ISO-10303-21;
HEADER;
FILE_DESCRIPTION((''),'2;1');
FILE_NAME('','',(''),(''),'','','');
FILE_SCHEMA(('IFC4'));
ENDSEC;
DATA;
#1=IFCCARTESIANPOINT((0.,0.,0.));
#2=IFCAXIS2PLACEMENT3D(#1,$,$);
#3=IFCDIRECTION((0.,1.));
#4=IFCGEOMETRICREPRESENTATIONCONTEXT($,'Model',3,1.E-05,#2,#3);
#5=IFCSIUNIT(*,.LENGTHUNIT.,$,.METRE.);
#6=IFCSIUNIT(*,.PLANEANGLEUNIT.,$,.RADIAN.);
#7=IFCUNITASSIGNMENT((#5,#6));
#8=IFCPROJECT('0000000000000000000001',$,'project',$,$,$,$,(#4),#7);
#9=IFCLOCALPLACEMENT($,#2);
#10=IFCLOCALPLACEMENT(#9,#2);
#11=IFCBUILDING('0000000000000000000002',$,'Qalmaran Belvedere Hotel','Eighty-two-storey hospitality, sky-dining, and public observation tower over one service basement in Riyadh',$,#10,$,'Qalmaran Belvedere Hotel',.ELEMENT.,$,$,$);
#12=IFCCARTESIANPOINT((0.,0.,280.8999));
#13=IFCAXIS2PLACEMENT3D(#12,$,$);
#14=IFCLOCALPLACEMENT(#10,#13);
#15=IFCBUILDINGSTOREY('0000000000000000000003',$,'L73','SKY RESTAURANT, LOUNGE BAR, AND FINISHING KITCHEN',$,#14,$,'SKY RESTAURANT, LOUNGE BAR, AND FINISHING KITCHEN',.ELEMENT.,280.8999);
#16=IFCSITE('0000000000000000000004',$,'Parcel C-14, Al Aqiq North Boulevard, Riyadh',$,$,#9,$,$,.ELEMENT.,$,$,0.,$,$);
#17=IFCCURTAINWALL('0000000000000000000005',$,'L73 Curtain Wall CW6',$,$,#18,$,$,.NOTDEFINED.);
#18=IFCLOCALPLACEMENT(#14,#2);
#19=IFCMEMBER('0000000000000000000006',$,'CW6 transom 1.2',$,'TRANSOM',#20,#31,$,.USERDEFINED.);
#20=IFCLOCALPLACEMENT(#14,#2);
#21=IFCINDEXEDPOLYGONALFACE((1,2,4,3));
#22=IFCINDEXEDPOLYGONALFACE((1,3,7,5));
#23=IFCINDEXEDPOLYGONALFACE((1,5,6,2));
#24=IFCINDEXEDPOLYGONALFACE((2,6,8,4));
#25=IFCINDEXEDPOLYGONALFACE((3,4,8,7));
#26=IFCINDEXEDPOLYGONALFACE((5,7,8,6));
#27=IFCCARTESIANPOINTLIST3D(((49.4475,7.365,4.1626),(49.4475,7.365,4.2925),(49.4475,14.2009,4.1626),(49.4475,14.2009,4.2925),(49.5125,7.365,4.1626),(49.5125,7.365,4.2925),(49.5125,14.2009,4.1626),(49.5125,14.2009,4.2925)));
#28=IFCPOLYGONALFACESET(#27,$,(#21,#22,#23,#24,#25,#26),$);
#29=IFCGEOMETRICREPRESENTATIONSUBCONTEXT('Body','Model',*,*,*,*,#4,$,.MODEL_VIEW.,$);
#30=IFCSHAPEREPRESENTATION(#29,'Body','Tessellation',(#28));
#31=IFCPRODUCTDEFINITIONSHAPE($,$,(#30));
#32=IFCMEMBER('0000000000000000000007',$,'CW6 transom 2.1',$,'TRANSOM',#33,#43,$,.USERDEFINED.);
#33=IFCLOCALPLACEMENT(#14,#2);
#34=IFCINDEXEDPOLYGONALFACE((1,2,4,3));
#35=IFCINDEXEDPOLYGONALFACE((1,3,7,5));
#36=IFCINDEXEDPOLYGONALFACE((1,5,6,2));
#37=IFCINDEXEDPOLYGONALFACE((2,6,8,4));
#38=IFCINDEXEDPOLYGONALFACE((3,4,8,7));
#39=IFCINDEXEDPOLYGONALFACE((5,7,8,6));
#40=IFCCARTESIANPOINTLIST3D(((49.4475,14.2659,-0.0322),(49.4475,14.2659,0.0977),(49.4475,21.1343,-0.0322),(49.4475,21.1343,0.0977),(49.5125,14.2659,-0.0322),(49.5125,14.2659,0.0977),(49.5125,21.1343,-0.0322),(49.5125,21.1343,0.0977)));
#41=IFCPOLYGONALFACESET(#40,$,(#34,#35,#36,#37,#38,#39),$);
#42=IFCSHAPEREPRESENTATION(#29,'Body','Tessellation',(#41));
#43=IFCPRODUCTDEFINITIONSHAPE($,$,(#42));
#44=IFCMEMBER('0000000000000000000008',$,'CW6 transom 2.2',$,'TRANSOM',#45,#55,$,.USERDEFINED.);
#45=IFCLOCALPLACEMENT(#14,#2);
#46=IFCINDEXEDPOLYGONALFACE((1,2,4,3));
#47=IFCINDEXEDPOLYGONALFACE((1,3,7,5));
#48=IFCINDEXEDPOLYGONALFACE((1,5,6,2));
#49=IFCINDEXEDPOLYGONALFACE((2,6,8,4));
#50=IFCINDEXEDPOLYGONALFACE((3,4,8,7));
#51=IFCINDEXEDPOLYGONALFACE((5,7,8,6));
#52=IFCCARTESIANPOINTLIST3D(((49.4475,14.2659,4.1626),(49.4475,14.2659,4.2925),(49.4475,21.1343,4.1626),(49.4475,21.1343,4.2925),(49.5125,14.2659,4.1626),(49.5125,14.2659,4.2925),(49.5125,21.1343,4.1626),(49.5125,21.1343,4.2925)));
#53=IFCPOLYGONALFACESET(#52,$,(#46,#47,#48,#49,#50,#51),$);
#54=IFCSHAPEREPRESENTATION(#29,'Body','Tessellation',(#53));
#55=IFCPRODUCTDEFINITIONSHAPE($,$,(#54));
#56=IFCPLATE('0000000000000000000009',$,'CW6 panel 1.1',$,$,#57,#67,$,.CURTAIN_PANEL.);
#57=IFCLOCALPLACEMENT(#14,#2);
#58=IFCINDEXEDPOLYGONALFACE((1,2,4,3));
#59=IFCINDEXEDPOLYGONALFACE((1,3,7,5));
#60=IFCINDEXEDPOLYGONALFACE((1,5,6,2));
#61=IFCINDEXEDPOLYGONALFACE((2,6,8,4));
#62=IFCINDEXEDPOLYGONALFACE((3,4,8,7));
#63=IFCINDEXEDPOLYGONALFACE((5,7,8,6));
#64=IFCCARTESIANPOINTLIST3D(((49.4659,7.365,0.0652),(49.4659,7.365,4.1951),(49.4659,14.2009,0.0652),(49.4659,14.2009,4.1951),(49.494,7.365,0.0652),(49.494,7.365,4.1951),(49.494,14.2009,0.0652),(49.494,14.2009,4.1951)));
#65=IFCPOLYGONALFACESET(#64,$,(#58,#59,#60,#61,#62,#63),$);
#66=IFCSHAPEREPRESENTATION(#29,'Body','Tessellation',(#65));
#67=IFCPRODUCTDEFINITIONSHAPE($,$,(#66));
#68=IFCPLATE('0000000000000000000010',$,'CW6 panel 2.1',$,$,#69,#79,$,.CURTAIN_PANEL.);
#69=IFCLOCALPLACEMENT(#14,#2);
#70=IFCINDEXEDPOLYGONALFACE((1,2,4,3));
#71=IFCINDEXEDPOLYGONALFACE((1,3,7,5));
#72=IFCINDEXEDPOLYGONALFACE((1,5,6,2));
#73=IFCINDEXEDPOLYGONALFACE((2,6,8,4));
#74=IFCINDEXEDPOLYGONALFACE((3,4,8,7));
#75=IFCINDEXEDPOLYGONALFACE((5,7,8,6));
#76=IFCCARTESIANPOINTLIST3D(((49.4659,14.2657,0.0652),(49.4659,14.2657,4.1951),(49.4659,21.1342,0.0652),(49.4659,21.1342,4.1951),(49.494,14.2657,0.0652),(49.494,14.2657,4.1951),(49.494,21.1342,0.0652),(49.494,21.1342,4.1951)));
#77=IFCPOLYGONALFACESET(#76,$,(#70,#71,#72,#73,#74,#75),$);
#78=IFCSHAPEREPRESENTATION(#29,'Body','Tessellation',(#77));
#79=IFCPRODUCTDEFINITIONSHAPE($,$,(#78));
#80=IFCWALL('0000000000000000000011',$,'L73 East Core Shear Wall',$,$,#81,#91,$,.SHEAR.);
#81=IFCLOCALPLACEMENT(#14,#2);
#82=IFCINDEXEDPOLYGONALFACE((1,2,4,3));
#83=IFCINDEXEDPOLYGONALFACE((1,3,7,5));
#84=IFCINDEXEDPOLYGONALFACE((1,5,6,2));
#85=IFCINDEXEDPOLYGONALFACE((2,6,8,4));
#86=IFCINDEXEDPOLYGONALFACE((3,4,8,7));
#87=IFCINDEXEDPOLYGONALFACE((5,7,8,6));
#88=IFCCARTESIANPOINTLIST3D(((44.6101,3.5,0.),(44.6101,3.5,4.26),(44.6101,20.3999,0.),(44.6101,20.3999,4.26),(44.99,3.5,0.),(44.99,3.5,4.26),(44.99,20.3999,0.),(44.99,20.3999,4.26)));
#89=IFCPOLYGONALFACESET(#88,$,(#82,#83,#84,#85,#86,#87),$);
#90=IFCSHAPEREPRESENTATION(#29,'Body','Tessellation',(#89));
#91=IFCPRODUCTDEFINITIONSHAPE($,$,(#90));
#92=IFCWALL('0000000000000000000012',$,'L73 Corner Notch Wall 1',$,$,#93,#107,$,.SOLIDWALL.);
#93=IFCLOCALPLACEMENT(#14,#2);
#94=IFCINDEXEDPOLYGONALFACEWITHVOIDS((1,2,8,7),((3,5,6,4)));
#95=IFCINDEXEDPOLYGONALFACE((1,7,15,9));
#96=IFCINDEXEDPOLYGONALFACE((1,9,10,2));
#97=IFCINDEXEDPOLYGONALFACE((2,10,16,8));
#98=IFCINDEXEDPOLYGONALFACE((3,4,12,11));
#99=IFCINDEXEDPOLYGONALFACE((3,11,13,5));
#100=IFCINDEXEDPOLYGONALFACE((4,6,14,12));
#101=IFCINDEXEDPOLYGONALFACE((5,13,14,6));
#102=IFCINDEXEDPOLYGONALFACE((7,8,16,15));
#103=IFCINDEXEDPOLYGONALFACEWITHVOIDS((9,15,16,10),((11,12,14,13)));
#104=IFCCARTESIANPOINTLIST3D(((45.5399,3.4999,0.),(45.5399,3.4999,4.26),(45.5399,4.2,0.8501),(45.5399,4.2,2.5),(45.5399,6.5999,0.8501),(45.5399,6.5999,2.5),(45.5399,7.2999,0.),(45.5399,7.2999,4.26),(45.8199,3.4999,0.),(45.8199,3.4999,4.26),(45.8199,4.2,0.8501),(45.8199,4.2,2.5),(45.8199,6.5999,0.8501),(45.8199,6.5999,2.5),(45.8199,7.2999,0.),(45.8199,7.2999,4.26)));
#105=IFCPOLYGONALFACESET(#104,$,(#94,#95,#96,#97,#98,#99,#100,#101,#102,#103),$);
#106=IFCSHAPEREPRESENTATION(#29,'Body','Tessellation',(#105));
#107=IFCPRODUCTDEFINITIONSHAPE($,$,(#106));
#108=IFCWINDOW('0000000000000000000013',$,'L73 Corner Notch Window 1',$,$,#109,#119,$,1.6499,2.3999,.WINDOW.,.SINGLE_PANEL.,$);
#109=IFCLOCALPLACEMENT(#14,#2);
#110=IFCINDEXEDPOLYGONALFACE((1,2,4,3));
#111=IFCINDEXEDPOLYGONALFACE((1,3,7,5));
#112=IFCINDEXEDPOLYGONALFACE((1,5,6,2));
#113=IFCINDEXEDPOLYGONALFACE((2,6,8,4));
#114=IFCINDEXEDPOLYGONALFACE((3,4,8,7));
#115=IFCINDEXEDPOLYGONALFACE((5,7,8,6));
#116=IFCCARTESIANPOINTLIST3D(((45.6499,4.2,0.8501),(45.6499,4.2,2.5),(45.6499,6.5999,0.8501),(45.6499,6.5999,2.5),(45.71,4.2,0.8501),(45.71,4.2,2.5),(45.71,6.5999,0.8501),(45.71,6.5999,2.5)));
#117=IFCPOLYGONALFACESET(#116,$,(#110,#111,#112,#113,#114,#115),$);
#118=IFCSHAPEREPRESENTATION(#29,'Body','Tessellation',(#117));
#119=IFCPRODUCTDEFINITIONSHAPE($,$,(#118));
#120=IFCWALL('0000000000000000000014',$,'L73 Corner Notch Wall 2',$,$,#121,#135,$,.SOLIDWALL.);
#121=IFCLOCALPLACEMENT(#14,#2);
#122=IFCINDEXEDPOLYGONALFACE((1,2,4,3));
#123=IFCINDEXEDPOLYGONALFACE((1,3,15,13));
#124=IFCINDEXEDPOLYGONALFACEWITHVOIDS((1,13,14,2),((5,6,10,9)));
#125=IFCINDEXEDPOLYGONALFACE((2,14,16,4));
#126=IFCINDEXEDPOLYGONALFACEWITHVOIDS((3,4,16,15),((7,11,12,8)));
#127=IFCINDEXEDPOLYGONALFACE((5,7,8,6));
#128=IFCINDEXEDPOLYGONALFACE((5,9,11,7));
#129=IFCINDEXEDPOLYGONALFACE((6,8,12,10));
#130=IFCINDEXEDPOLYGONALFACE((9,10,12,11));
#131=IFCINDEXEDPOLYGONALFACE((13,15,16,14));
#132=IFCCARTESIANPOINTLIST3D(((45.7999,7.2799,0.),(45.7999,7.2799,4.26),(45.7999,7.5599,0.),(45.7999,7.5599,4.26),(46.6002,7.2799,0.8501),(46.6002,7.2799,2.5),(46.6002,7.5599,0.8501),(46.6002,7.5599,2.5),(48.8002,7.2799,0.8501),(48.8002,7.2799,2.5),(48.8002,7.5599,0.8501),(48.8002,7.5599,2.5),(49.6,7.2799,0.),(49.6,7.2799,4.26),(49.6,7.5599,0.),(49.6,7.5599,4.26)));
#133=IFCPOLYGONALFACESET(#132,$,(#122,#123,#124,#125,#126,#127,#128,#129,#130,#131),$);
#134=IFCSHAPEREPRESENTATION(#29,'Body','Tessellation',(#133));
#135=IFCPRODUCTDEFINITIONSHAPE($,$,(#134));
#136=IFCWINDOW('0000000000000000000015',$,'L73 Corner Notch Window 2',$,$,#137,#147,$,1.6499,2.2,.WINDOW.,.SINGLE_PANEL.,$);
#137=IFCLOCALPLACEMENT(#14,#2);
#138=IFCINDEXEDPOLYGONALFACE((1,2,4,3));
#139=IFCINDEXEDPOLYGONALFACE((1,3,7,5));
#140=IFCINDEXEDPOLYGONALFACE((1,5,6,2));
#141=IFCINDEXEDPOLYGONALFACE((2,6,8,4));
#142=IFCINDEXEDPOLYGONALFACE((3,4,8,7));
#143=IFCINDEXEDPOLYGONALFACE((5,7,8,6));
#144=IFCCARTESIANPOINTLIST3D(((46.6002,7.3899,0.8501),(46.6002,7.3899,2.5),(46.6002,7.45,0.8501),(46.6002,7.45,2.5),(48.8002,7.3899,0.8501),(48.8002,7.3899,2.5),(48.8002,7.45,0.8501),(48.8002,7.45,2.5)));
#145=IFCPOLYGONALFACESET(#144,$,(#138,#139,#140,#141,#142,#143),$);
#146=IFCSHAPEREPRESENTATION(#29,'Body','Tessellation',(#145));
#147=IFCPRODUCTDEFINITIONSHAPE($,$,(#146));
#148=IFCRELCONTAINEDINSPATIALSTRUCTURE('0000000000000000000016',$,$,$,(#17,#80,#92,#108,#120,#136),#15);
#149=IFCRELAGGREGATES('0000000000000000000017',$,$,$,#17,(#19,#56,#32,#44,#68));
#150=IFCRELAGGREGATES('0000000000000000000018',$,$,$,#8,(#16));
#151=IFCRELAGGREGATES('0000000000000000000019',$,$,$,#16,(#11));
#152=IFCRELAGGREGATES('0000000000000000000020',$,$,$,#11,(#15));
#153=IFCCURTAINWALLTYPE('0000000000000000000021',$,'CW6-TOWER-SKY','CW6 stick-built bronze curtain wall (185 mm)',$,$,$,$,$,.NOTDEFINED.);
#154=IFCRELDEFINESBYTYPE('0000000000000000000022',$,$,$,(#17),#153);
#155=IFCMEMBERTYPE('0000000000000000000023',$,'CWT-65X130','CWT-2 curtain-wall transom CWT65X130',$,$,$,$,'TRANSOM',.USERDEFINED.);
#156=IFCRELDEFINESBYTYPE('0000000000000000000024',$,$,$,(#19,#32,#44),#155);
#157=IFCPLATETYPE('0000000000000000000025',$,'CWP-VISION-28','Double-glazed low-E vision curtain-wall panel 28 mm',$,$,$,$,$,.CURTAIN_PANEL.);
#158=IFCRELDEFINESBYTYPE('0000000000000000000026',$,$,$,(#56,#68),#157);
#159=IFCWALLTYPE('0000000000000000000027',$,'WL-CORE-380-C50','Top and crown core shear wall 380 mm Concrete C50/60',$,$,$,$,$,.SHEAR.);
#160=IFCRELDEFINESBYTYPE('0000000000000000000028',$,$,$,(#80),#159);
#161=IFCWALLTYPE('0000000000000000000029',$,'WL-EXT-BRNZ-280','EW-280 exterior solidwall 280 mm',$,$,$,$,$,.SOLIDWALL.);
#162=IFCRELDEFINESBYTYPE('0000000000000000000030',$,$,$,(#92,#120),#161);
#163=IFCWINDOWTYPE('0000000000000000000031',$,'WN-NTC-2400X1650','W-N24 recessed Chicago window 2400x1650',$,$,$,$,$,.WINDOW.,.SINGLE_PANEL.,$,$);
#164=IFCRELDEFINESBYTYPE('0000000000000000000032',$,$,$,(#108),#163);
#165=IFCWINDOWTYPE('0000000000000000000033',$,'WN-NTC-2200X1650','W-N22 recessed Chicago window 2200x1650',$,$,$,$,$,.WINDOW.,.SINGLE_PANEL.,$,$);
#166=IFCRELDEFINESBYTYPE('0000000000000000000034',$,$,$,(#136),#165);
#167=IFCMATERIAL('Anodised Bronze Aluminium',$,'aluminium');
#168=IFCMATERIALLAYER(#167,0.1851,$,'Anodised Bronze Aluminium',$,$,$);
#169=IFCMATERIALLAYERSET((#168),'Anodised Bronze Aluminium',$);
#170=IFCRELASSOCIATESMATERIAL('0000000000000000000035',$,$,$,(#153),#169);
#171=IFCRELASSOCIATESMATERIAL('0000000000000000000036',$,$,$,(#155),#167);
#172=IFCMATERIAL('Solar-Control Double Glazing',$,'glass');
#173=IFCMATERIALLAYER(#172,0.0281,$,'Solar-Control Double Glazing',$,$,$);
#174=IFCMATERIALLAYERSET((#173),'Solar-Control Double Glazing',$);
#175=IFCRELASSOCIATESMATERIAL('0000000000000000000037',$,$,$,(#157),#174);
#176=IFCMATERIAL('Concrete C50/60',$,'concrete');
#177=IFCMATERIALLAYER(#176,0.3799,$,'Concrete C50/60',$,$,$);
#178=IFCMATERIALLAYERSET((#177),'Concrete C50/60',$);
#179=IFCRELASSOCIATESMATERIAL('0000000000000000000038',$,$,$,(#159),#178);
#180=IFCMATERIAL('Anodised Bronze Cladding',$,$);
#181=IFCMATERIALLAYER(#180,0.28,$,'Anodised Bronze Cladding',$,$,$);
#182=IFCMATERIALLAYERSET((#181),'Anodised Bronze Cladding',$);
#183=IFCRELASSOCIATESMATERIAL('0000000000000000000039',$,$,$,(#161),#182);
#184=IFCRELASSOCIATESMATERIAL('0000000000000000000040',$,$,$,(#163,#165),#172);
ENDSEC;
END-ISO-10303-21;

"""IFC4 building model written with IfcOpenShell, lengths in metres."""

from ifc_helpers import new_model, si_unit, direction, frame, frame_2d, origin, origin_2d, place, context, subcontext, project, spatial, rectangle, extrude, material, layer, layer_set, material_profile, profile_set, type_object, element, fill, aggregate, save


model = new_model("IFC4")

# Units and contexts
model_context = context("Model", 3, precision=1e-05, world=origin(), true_north=direction((0.0, 1.0)))
body_context = subcontext(model_context, "Body", "Model", "MODEL_VIEW")
ifc_project = project(units=[si_unit("LENGTHUNIT", "METRE"), si_unit("PLANEANGLEUNIT", "RADIAN")], contexts=[model_context])

# Site, building, storey
site_placement = place(None, origin())
site = spatial("IfcSite", under=ifc_project, at=site_placement, Name="Parcel C-14, Al Aqiq North Boulevard, Riyadh", CompositionType="ELEMENT", RefElevation=0.0)
building_placement = place(site_placement, origin())
building = spatial("IfcBuilding", under=site, at=building_placement, Name="Qalmaran Belvedere Hotel", Description="Eighty-two-storey hospitality, sky-dining, and public observation tower over one service basement in Riyadh", LongName="Qalmaran Belvedere Hotel", CompositionType="ELEMENT")
storey_placement = place(building_placement, frame((0.0, 0.0, 280.8999)))
storey = spatial("IfcBuildingStorey", under=building, at=storey_placement, Name="L73", Description="SKY RESTAURANT, LOUNGE BAR, AND FINISHING KITCHEN", LongName="SKY RESTAURANT, LOUNGE BAR, AND FINISHING KITCHEN", CompositionType="ELEMENT", Elevation=280.8999)

# Shared definitions
ifc_material_1 = material(Name="Concrete C50/60", Category="concrete")

# Curtain wall, members, plates
ifc_material_2 = material(Name="Anodised Bronze Aluminium", Category="aluminium")
ifc_layer_1 = layer(ifc_material_2, 0.1851, Name="Anodised Bronze Aluminium")
ifc_layer_set_1 = layer_set([ifc_layer_1], Name="Anodised Bronze Aluminium")
curtain_wall_type = type_object("IfcCurtainWallType", Name="CW6-TOWER-SKY", Description="CW6 stick-built bronze curtain wall (185 mm)", PredefinedType="NOTDEFINED", material=ifc_layer_set_1)
curtain_wall_placement = place(storey_placement, origin())
curtain_wall = element("IfcCurtainWall", 1, at=curtain_wall_placement, inside=storey, type_object=curtain_wall_type, Name="L73 Curtain Wall CW6", PredefinedType="NOTDEFINED")
ifc_material_profile_1 = material_profile(ifc_material_2, rectangle(XDim=0.0649, YDim=0.1299, at=origin_2d()), Name="CWT65X130")
ifc_profile_set_1 = profile_set([ifc_material_profile_1], Name="Anodised Bronze Aluminium")
member_type_1 = type_object("IfcMemberType", Name="CWT-65X130", Description="CWT-2 curtain-wall transom CWT65X130", ElementType="TRANSOM", PredefinedType="USERDEFINED", material=ifc_profile_set_1)
member_1_placement = place(storey_placement, frame((49.48, 7.365, 4.2275), z_axis=(0.0, 1.0, 0.0), x_axis=(-1.0, 0.0, 0.0)))
member_1 = element("IfcMember", 2, at=member_1_placement, type_object=member_type_1, Name="CW6 transom 1.2", ObjectType="TRANSOM", PredefinedType="USERDEFINED", context=body_context, shape_type="SweptSolid", body=[
    extrude(rectangle(XDim=0.0649, YDim=0.1299, at=origin_2d()), origin(), (0.0, 0.0, 1.0), 6.8359),
])
member_2_placement = place(storey_placement, frame((49.48, 14.2659, 0.0327), z_axis=(0.0, 1.0, 0.0), x_axis=(-1.0, 0.0, 0.0)))
member_2 = element("IfcMember", 3, at=member_2_placement, type_object=member_type_1, Name="CW6 transom 2.1", ObjectType="TRANSOM", PredefinedType="USERDEFINED", context=body_context, shape_type="SweptSolid", body=[
    extrude(rectangle(XDim=0.0649, YDim=0.1299, at=origin_2d()), origin(), (0.0, 0.0, 1.0), 6.8684),
])
member_3_placement = place(storey_placement, frame((49.48, 14.2659, 4.2275), z_axis=(0.0, 1.0, 0.0), x_axis=(-1.0, 0.0, 0.0)))
member_3 = element("IfcMember", 4, at=member_3_placement, type_object=member_type_1, Name="CW6 transom 2.2", ObjectType="TRANSOM", PredefinedType="USERDEFINED", context=body_context, shape_type="SweptSolid", body=[
    extrude(rectangle(XDim=0.0649, YDim=0.1299, at=origin_2d()), origin(), (0.0, 0.0, 1.0), 6.8684),
])
ifc_material_3 = material(Name="Solar-Control Double Glazing", Category="glass")
ifc_layer_2 = layer(ifc_material_3, 0.0281, Name="Solar-Control Double Glazing")
ifc_layer_set_2 = layer_set([ifc_layer_2], Name="Solar-Control Double Glazing")
plate_type = type_object("IfcPlateType", Name="CWP-VISION-28", Description="Double-glazed low-E vision curtain-wall panel 28 mm", PredefinedType="CURTAIN_PANEL", material=ifc_layer_set_2)
plate_1_placement = place(storey_placement, frame((49.48, 10.783, 0.0652), z_axis=(0.0, 0.0, 1.0), x_axis=(0.0, 1.0, 0.0)))
plate_1 = element("IfcPlate", 5, at=plate_1_placement, type_object=plate_type, Name="CW6 panel 1.1", PredefinedType="CURTAIN_PANEL", context=body_context, shape_type="SweptSolid", body=[
    extrude(rectangle(XDim=6.8359, YDim=0.0281, at=origin_2d()), origin(), (0.0, 0.0, 1.0), 4.1299),
])
plate_2_placement = place(storey_placement, frame((49.48, 17.7, 0.0652), z_axis=(0.0, 0.0, 1.0), x_axis=(0.0, 1.0, 0.0)))
plate_2 = element("IfcPlate", 6, at=plate_2_placement, type_object=plate_type, Name="CW6 panel 2.1", PredefinedType="CURTAIN_PANEL", context=body_context, shape_type="SweptSolid", body=[
    extrude(rectangle(XDim=6.8684, YDim=0.0281, at=origin_2d()), origin(), (0.0, 0.0, 1.0), 4.1299),
])
aggregate(curtain_wall, [member_1, plate_1, member_2, member_3, plate_2])

# Wall
ifc_layer_3 = layer(ifc_material_1, 0.3799, Name="Concrete C50/60")
ifc_layer_set_3 = layer_set([ifc_layer_3], Name="Concrete C50/60")
wall_type_1 = type_object("IfcWallType", Name="WL-CORE-380-C50", Description="Top and crown core shear wall 380 mm Concrete C50/60", PredefinedType="SHEAR", material=ifc_layer_set_3)
wall_1_placement = place(storey_placement, frame((44.8, 3.5, 0.0), z_axis=(0.0, 0.0, 1.0), x_axis=(0.0, 1.0, 0.0)))
element("IfcWall", 7, at=wall_1_placement, inside=storey, type_object=wall_type_1, Name="L73 East Core Shear Wall", PredefinedType="SHEAR", context=body_context, shape_type="SweptSolid", body=[
    extrude(rectangle(XDim=16.8999, YDim=0.3799, at=frame_2d((8.45, 0.0))), origin(), (0.0, 0.0, 1.0), 4.26),
])

# Walls, openings, windows
ifc_material_4 = material(Name="Anodised Bronze Cladding")
ifc_layer_4 = layer(ifc_material_4, 0.28, Name="Anodised Bronze Cladding")
ifc_layer_set_4 = layer_set([ifc_layer_4], Name="Anodised Bronze Cladding")
wall_type_2 = type_object("IfcWallType", Name="WL-EXT-BRNZ-280", Description="EW-280 exterior solidwall 280 mm", PredefinedType="SOLIDWALL", material=ifc_layer_set_4)
wall_2_placement = place(storey_placement, frame((45.6799, 3.5, 0.0), z_axis=(0.0, 0.0, 1.0), x_axis=(0.0, 1.0, 0.0)))
wall_2 = element("IfcWall", 8, at=wall_2_placement, inside=storey, type_object=wall_type_2, Name="L73 Corner Notch Wall 1", PredefinedType="SOLIDWALL", context=body_context, shape_type="SweptSolid", body=[
    extrude(rectangle(XDim=3.8, YDim=0.28, at=frame_2d((1.8999, 0.0))), origin(), (0.0, 0.0, 1.0), 4.26),
])
opening_1_placement = place(wall_2_placement, frame((0.7, 0.0, 0.8501)))
opening_1 = element("IfcOpeningElement", 9, at=opening_1_placement, cuts=wall_2, PredefinedType="OPENING", context=body_context, shape_type="SweptSolid", body=[
    extrude(rectangle(XDim=2.3999, YDim=1.6499, at=frame_2d((1.2, 0.825))), frame((0.0, 0.1499, 0.0), z_axis=(0.0, -1.0, 0.0), x_axis=(1.0, 0.0, 0.0)), (0.0, 0.0, 1.0), 0.3),
])
window_type_1 = type_object("IfcWindowType", Name="WN-NTC-2400X1650", Description="W-N24 recessed Chicago window 2400x1650", PartitioningType="SINGLE_PANEL", PredefinedType="WINDOW", material=ifc_material_3)
window_1_placement = place(opening_1_placement, origin())
window_1 = element("IfcWindow", 10, at=window_1_placement, inside=storey, type_object=window_type_1, Name="L73 Corner Notch Window 1", OverallHeight=1.6499, OverallWidth=2.3999, PartitioningType="SINGLE_PANEL", PredefinedType="WINDOW", context=body_context, shape_type="SweptSolid", body=[
    extrude(rectangle(XDim=2.3999, YDim=1.6499, at=frame_2d((1.2, 0.825))), frame((0.0, 0.03, 0.0), z_axis=(0.0, -1.0, 0.0), x_axis=(1.0, 0.0, 0.0)), (0.0, 0.0, 1.0), 0.0601),
])
fill(opening_1, window_1)
wall_3_placement = place(storey_placement, frame((45.8, 7.4199, 0.0), z_axis=(0.0, 0.0, 1.0), x_axis=(1.0, 0.0, 0.0)))
wall_3 = element("IfcWall", 11, at=wall_3_placement, inside=storey, type_object=wall_type_2, Name="L73 Corner Notch Wall 2", PredefinedType="SOLIDWALL", context=body_context, shape_type="SweptSolid", body=[
    extrude(rectangle(XDim=3.8, YDim=0.28, at=frame_2d((1.8999, 0.0))), origin(), (0.0, 0.0, 1.0), 4.26),
])
opening_2_placement = place(wall_3_placement, frame((0.8, 0.0, 0.8501)))
opening_2 = element("IfcOpeningElement", 12, at=opening_2_placement, cuts=wall_3, PredefinedType="OPENING", context=body_context, shape_type="SweptSolid", body=[
    extrude(rectangle(XDim=2.2, YDim=1.6499, at=frame_2d((1.1001, 0.825))), frame((0.0, 0.1499, 0.0), z_axis=(0.0, -1.0, 0.0), x_axis=(1.0, 0.0, 0.0)), (0.0, 0.0, 1.0), 0.3),
])
window_type_2 = type_object("IfcWindowType", Name="WN-NTC-2200X1650", Description="W-N22 recessed Chicago window 2200x1650", PartitioningType="SINGLE_PANEL", PredefinedType="WINDOW", material=ifc_material_3)
window_2_placement = place(opening_2_placement, origin())
window_2 = element("IfcWindow", 13, at=window_2_placement, inside=storey, type_object=window_type_2, Name="L73 Corner Notch Window 2", OverallHeight=1.6499, OverallWidth=2.2, PartitioningType="SINGLE_PANEL", PredefinedType="WINDOW", context=body_context, shape_type="SweptSolid", body=[
    extrude(rectangle(XDim=2.2, YDim=1.6499, at=frame_2d((1.1001, 0.825))), frame((0.0, 0.03, 0.0), z_axis=(0.0, -1.0, 0.0), x_axis=(1.0, 0.0, 0.0)), (0.0, 0.0, 1.0), 0.0601),
])
fill(opening_2, window_2)

save(model, "model.ifc")
